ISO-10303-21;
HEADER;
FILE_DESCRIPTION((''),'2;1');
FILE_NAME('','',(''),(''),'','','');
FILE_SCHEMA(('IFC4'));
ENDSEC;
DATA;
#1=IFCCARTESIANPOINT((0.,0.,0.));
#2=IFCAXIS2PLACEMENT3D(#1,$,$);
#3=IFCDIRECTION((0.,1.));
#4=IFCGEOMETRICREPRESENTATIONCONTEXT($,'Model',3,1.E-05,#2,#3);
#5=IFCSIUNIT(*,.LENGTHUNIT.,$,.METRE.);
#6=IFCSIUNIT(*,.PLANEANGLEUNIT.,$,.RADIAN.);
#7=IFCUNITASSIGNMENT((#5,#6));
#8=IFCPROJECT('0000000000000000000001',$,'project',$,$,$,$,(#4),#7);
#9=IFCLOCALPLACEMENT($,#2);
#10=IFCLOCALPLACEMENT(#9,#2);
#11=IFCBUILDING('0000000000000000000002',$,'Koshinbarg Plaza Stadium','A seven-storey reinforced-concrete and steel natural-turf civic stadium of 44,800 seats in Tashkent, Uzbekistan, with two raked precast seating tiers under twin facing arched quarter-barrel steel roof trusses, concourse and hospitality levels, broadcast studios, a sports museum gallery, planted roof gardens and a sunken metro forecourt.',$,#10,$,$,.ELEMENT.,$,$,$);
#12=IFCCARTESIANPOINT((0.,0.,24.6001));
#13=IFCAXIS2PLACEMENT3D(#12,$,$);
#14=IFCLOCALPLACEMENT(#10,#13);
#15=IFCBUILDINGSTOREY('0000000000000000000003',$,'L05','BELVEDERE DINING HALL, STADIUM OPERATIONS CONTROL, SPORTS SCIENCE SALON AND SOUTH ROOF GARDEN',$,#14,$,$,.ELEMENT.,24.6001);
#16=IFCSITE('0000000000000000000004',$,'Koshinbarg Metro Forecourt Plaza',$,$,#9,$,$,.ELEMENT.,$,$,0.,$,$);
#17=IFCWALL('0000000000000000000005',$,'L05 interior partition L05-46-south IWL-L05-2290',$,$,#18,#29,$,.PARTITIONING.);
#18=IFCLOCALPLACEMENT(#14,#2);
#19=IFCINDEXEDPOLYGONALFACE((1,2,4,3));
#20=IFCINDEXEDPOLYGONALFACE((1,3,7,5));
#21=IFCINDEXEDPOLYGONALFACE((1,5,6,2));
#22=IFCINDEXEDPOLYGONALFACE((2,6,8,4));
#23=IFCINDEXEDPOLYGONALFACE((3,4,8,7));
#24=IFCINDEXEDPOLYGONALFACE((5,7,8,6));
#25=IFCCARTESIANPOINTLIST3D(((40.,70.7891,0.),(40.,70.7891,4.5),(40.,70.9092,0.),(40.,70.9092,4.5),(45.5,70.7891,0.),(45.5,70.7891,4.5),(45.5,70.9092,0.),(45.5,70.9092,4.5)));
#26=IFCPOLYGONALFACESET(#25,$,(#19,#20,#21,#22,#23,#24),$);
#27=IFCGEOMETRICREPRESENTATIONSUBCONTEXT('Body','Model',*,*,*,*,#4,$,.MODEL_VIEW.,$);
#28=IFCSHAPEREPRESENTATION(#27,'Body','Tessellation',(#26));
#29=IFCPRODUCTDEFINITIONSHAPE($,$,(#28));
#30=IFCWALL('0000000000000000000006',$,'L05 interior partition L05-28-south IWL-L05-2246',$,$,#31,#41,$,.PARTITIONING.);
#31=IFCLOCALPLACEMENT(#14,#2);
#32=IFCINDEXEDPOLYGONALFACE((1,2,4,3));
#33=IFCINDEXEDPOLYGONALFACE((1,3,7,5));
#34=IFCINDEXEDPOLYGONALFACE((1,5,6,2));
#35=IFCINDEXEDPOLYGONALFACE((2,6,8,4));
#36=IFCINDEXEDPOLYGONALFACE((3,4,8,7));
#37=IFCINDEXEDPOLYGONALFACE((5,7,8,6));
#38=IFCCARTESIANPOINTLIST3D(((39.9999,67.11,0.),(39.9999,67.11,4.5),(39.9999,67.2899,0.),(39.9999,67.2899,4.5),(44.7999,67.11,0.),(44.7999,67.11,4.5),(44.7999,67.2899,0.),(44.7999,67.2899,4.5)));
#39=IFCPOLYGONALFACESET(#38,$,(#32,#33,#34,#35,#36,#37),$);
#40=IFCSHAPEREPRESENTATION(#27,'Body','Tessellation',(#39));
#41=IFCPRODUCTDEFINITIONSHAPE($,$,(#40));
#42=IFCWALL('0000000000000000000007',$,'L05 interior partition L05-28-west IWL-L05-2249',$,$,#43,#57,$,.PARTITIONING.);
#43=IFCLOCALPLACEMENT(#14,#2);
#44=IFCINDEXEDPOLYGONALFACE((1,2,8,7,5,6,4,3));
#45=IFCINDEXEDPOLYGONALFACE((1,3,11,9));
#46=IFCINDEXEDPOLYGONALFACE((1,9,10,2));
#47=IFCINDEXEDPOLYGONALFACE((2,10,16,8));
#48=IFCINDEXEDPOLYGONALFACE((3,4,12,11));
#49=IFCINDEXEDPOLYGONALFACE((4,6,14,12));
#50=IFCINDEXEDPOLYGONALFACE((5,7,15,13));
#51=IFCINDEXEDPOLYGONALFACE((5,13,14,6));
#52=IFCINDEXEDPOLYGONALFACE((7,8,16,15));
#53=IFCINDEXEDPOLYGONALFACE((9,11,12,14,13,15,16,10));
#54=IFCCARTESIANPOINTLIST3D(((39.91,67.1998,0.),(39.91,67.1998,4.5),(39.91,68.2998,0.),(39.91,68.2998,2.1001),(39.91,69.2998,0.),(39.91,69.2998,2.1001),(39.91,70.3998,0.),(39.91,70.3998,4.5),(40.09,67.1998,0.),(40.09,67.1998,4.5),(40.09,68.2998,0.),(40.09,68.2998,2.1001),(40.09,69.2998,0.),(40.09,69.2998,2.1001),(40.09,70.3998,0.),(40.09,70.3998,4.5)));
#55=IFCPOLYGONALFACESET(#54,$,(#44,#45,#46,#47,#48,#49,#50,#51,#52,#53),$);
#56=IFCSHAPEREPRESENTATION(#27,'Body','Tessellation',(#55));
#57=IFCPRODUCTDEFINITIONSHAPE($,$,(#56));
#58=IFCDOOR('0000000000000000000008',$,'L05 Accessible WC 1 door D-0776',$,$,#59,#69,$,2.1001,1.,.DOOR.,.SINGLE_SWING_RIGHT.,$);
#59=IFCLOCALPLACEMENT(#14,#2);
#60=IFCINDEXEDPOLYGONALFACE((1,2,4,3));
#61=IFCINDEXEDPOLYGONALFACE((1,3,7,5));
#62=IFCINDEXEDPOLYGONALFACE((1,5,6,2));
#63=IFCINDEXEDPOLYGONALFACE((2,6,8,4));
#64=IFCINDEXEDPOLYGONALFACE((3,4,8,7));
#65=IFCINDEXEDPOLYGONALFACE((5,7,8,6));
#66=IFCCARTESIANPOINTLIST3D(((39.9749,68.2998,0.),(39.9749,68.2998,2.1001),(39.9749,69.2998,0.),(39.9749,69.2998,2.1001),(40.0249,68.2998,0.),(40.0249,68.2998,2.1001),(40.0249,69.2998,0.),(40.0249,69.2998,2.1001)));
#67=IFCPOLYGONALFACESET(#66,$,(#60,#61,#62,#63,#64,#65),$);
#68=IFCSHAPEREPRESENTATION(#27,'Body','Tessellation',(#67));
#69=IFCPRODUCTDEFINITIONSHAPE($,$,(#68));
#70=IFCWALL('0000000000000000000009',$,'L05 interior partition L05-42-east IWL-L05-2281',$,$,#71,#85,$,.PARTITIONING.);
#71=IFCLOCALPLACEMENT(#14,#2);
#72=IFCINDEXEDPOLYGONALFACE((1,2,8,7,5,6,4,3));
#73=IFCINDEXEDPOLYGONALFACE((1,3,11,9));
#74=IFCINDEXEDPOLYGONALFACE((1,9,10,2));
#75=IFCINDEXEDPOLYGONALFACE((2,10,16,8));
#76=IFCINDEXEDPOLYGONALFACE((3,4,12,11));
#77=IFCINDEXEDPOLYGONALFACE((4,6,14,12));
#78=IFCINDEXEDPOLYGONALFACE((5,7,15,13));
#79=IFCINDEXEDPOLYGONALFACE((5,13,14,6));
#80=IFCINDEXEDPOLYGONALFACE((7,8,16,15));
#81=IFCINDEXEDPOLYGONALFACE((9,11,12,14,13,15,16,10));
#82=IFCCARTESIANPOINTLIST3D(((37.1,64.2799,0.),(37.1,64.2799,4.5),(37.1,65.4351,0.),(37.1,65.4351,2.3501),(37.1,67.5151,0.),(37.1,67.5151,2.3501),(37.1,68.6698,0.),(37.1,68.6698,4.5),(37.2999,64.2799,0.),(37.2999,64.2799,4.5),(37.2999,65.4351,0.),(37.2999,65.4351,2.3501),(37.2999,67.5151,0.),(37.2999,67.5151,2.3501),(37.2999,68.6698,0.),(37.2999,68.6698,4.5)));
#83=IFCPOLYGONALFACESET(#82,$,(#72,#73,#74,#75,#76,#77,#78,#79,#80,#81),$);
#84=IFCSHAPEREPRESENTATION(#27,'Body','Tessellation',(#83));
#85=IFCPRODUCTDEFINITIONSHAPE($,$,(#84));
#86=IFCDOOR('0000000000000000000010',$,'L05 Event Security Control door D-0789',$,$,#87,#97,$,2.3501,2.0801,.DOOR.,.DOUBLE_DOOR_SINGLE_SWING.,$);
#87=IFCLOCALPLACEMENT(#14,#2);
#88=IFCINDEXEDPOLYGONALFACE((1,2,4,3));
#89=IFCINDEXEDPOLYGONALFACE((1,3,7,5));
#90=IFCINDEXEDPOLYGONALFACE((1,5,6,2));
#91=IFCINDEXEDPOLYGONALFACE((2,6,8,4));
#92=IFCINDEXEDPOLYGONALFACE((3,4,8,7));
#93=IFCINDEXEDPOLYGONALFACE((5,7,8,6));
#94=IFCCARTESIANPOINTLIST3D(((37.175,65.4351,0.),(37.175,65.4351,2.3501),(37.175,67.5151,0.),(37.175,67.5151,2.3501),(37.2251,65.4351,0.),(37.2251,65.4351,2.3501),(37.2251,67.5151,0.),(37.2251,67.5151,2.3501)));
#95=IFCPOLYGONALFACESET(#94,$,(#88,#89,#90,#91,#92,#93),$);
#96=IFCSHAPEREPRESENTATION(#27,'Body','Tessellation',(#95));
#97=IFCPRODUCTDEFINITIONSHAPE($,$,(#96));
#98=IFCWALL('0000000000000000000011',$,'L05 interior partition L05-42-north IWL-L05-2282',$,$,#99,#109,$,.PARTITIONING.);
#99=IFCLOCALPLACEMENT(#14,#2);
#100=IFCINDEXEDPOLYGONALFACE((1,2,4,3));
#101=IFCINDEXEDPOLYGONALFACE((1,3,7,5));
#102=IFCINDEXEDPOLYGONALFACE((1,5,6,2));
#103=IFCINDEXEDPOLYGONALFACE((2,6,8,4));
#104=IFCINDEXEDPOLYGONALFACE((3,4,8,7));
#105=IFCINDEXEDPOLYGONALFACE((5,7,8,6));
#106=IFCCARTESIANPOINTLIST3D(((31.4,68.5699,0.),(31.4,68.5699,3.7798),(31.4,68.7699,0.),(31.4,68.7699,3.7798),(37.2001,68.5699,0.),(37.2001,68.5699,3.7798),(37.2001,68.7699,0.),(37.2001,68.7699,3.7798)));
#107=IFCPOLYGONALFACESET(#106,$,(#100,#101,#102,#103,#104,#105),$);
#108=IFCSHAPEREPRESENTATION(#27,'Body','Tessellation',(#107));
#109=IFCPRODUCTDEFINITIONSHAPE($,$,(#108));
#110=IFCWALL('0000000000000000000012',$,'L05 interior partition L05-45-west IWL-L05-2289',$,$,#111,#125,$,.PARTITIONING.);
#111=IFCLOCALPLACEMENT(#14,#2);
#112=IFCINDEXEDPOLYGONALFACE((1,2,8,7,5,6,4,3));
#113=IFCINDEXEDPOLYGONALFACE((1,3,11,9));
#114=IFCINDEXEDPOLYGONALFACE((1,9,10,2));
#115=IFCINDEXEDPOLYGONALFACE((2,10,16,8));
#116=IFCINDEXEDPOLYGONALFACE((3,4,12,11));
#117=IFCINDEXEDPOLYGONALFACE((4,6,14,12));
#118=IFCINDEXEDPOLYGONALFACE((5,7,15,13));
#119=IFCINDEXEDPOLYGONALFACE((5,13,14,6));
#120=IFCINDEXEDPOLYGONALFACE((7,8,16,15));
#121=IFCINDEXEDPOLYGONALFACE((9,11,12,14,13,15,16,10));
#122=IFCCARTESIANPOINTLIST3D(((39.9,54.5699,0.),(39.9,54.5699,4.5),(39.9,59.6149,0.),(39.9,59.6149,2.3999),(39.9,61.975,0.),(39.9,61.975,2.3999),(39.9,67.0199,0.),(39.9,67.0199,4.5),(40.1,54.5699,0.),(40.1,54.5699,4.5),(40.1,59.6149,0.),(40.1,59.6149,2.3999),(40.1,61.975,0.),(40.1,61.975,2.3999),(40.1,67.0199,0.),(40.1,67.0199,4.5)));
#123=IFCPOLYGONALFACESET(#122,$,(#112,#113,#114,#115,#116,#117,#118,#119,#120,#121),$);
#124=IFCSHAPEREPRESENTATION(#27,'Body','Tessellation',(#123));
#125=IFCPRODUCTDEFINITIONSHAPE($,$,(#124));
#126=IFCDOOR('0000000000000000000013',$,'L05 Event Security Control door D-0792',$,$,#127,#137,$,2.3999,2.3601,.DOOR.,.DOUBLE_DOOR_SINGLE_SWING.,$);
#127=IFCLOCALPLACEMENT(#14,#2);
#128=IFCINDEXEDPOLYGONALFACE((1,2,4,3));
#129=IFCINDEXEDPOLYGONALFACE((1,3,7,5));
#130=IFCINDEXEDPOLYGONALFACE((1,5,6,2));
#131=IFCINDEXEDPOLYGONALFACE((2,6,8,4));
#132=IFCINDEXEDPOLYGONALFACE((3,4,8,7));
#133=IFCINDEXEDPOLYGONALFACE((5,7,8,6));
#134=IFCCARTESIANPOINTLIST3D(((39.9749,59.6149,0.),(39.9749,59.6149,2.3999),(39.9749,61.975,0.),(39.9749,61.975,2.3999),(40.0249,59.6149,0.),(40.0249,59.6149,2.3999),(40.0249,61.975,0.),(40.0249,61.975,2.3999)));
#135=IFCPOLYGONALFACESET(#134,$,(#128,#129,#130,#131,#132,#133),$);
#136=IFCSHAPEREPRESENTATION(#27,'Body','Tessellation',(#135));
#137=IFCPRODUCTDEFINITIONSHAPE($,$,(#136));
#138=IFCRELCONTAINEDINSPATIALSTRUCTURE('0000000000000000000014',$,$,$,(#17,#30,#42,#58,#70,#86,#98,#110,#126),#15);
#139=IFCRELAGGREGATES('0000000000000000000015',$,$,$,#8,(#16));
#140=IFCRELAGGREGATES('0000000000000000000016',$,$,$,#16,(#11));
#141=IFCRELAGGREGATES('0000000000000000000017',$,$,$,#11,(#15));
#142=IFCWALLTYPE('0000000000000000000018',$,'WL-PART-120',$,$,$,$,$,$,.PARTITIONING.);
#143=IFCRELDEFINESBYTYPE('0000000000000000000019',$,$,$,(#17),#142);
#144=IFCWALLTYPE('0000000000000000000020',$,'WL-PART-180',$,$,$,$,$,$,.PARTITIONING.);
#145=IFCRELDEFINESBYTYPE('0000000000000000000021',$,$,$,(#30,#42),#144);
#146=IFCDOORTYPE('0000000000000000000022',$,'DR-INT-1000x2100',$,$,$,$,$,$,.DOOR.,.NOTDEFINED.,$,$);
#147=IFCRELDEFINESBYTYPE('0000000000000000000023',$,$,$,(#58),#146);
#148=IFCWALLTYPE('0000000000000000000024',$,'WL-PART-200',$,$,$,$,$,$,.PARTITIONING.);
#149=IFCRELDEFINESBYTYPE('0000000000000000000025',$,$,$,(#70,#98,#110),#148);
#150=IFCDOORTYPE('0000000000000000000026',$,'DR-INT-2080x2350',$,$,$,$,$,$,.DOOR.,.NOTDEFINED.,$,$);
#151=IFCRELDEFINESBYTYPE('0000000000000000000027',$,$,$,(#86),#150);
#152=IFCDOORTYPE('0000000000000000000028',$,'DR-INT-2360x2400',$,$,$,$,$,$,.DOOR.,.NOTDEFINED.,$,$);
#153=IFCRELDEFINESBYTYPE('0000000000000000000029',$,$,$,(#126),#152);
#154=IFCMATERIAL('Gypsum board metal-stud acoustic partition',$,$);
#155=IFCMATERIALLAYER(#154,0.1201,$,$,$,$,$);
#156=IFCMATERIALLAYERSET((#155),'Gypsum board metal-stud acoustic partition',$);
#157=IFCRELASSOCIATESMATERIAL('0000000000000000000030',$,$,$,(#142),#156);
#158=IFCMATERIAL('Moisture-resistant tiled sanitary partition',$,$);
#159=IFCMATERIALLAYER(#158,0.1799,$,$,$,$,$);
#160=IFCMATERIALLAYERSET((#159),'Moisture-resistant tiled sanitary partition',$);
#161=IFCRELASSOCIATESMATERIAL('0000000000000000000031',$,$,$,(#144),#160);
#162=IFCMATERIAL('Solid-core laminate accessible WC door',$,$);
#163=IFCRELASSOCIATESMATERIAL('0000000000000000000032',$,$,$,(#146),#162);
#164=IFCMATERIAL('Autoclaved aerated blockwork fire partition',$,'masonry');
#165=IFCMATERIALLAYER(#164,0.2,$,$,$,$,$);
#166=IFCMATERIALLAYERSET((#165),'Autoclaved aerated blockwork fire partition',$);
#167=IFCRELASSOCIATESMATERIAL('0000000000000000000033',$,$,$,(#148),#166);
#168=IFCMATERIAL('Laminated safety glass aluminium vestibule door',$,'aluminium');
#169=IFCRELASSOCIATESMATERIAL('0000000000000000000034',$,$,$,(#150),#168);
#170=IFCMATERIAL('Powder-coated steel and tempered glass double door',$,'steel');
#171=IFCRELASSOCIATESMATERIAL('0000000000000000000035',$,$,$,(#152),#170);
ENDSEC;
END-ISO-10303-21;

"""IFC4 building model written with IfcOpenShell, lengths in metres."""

from ifc_helpers import new_model, si_unit, direction, frame, frame_2d, origin, place, context, subcontext, project, spatial, rectangle, extrude, material, layer, layer_set, type_object, element, fill, save


model = new_model("IFC4")

# Units and contexts
model_context = context("Model", 3, precision=1e-05, world=origin(), true_north=direction((0.0, 1.0)))
body_context = subcontext(model_context, "Body", "Model", "MODEL_VIEW")
ifc_project = project(units=[si_unit("LENGTHUNIT", "METRE"), si_unit("PLANEANGLEUNIT", "RADIAN")], contexts=[model_context])

# Site, building, storey
site_placement = place(None, origin())
site = spatial("IfcSite", under=ifc_project, at=site_placement, Name="Koshinbarg Metro Forecourt Plaza", CompositionType="ELEMENT", RefElevation=0.0)
building_placement = place(site_placement, origin())
building = spatial("IfcBuilding", under=site, at=building_placement, Name="Koshinbarg Plaza Stadium", Description="A seven-storey reinforced-concrete and steel natural-turf civic stadium of 44,800 seats in Tashkent, Uzbekistan, with two raked precast seating tiers under twin facing arched quarter-barrel steel roof trusses, concourse and hospitality levels, broadcast studios, a sports museum gallery, planted roof gardens and a sunken metro forecourt.", CompositionType="ELEMENT")
storey_placement = place(building_placement, frame((0.0, 0.0, 24.6001)))
storey = spatial("IfcBuildingStorey", under=building, at=storey_placement, Name="L05", Description="BELVEDERE DINING HALL, STADIUM OPERATIONS CONTROL, SPORTS SCIENCE SALON AND SOUTH ROOF GARDEN", CompositionType="ELEMENT", Elevation=24.6001)

# Walls
ifc_material_1 = material(Name="Gypsum board metal-stud acoustic partition")
ifc_layer_1 = layer(ifc_material_1, 0.1201)
ifc_layer_set_1 = layer_set([ifc_layer_1], Name="Gypsum board metal-stud acoustic partition")
wall_type_1 = type_object("IfcWallType", Name="WL-PART-120", PredefinedType="PARTITIONING", material=ifc_layer_set_1)
wall_1_placement = place(storey_placement, frame((40.0, 70.8491, 0.0), z_axis=(0.0, 0.0, 1.0), x_axis=(1.0, 0.0, 0.0)))
element("IfcWall", 1, at=wall_1_placement, inside=storey, type_object=wall_type_1, Name="L05 interior partition L05-46-south IWL-L05-2290", PredefinedType="PARTITIONING", context=body_context, shape_type="SweptSolid", body=[
    extrude(rectangle(XDim=5.5, YDim=0.1201, at=frame_2d((2.75, 0.0))), origin(), (0.0, 0.0, 1.0), 4.5),
])
ifc_material_2 = material(Name="Moisture-resistant tiled sanitary partition")
ifc_layer_2 = layer(ifc_material_2, 0.1799)
ifc_layer_set_2 = layer_set([ifc_layer_2], Name="Moisture-resistant tiled sanitary partition")
wall_type_2 = type_object("IfcWallType", Name="WL-PART-180", PredefinedType="PARTITIONING", material=ifc_layer_set_2)
wall_2_placement = place(storey_placement, frame((40.0, 67.2, 0.0), z_axis=(0.0, 0.0, 1.0), x_axis=(1.0, 0.0, 0.0)))
element("IfcWall", 2, at=wall_2_placement, inside=storey, type_object=wall_type_2, Name="L05 interior partition L05-28-south IWL-L05-2246", PredefinedType="PARTITIONING", context=body_context, shape_type="SweptSolid", body=[
    extrude(rectangle(XDim=4.8, YDim=0.1799, at=frame_2d((2.3999, 0.0))), origin(), (0.0, 0.0, 1.0), 4.5),
])

# Walls, openings, doors
wall_3_placement = place(storey_placement, frame((40.0, 70.3999, 0.0), z_axis=(0.0, 0.0, 1.0), x_axis=(0.0, -1.0, 0.0)))
wall_3 = element("IfcWall", 3, at=wall_3_placement, inside=storey, type_object=wall_type_2, Name="L05 interior partition L05-28-west IWL-L05-2249", PredefinedType="PARTITIONING", context=body_context, shape_type="SweptSolid", body=[
    extrude(rectangle(XDim=3.2, YDim=0.1799, at=frame_2d((1.6001, 0.0))), origin(), (0.0, 0.0, 1.0), 4.5),
])
opening_1_placement = place(wall_3_placement, frame((1.1001, 0.0, 0.0)))
opening_1 = element("IfcOpeningElement", 4, at=opening_1_placement, cuts=wall_3, PredefinedType="OPENING", context=body_context, shape_type="SweptSolid", body=[
    extrude(rectangle(XDim=1.0, YDim=2.1001, at=frame_2d((0.5, 1.05))), frame((0.0, 0.0999, 0.0), z_axis=(0.0, -1.0, 0.0), x_axis=(1.0, 0.0, 0.0)), (0.0, 0.0, 1.0), 0.2),
])
ifc_material_3 = material(Name="Solid-core laminate accessible WC door")
door_type_1 = type_object("IfcDoorType", Name="DR-INT-1000x2100", OperationType="NOTDEFINED", PredefinedType="DOOR", material=ifc_material_3)
door_1_placement = place(opening_1_placement, origin())
door_1 = element("IfcDoor", 5, at=door_1_placement, inside=storey, type_object=door_type_1, Name="L05 Accessible WC 1 door D-0776", OperationType="SINGLE_SWING_RIGHT", OverallHeight=2.1001, OverallWidth=1.0, PredefinedType="DOOR", context=body_context, shape_type="SweptSolid", body=[
    extrude(rectangle(XDim=1.0, YDim=2.1001, at=frame_2d((0.5, 1.05))), frame((0.0, 0.0249, 0.0), z_axis=(0.0, -1.0, 0.0), x_axis=(1.0, 0.0, 0.0)), (0.0, 0.0, 1.0), 0.05),
])
fill(opening_1, door_1)
ifc_material_4 = material(Name="Autoclaved aerated blockwork fire partition", Category="masonry")
ifc_layer_3 = layer(ifc_material_4, 0.2)
ifc_layer_set_3 = layer_set([ifc_layer_3], Name="Autoclaved aerated blockwork fire partition")
wall_type_3 = type_object("IfcWallType", Name="WL-PART-200", PredefinedType="PARTITIONING", material=ifc_layer_set_3)
wall_4_placement = place(storey_placement, frame((37.2, 64.28, 0.0), z_axis=(0.0, 0.0, 1.0), x_axis=(0.0, 1.0, 0.0)))
wall_4 = element("IfcWall", 6, at=wall_4_placement, inside=storey, type_object=wall_type_3, Name="L05 interior partition L05-42-east IWL-L05-2281", PredefinedType="PARTITIONING", context=body_context, shape_type="SweptSolid", body=[
    extrude(rectangle(XDim=4.3899, YDim=0.2, at=frame_2d((2.1948, 0.0))), origin(), (0.0, 0.0, 1.0), 4.5),
])
opening_2_placement = place(wall_4_placement, frame((1.155, 0.0, 0.0)))
opening_2 = element("IfcOpeningElement", 7, at=opening_2_placement, cuts=wall_4, PredefinedType="OPENING", context=body_context, shape_type="SweptSolid", body=[
    extrude(rectangle(XDim=2.0801, YDim=2.3501, at=frame_2d((1.04, 1.175))), frame((0.0, 0.1099, 0.0), z_axis=(0.0, -1.0, 0.0), x_axis=(1.0, 0.0, 0.0)), (0.0, 0.0, 1.0), 0.22),
])
ifc_material_5 = material(Name="Laminated safety glass aluminium vestibule door", Category="aluminium")
door_type_2 = type_object("IfcDoorType", Name="DR-INT-2080x2350", OperationType="NOTDEFINED", PredefinedType="DOOR", material=ifc_material_5)
door_2_placement = place(opening_2_placement, origin())
door_2 = element("IfcDoor", 8, at=door_2_placement, inside=storey, type_object=door_type_2, Name="L05 Event Security Control door D-0789", OperationType="DOUBLE_DOOR_SINGLE_SWING", OverallHeight=2.3501, OverallWidth=2.0801, PredefinedType="DOOR", context=body_context, shape_type="SweptSolid", body=[
    extrude(rectangle(XDim=2.0801, YDim=2.3501, at=frame_2d((1.04, 1.175))), frame((0.0, 0.0249, 0.0), z_axis=(0.0, -1.0, 0.0), x_axis=(1.0, 0.0, 0.0)), (0.0, 0.0, 1.0), 0.05),
])
fill(opening_2, door_2)

# Wall
wall_5_placement = place(storey_placement, frame((37.2, 68.6699, 0.0), z_axis=(0.0, 0.0, 1.0), x_axis=(-1.0, 0.0, 0.0)))
element("IfcWall", 9, at=wall_5_placement, inside=storey, type_object=wall_type_3, Name="L05 interior partition L05-42-north IWL-L05-2282", PredefinedType="PARTITIONING", context=body_context, shape_type="SweptSolid", body=[
    extrude(rectangle(XDim=5.8, YDim=0.2, at=frame_2d((2.8999, 0.0))), origin(), (0.0, 0.0, 1.0), 3.7798),
])

# Wall, opening, door
wall_6_placement = place(storey_placement, frame((40.0, 67.02, 0.0), z_axis=(0.0, 0.0, 1.0), x_axis=(0.0, -1.0, 0.0)))
wall_6 = element("IfcWall", 10, at=wall_6_placement, inside=storey, type_object=wall_type_3, Name="L05 interior partition L05-45-west IWL-L05-2289", PredefinedType="PARTITIONING", context=body_context, shape_type="SweptSolid", body=[
    extrude(rectangle(XDim=12.45, YDim=0.2, at=frame_2d((6.2251, 0.0))), origin(), (0.0, 0.0, 1.0), 4.5),
])
opening_3_placement = place(wall_6_placement, frame((5.0449, 0.0, 0.0)))
opening_3 = element("IfcOpeningElement", 11, at=opening_3_placement, cuts=wall_6, PredefinedType="OPENING", context=body_context, shape_type="SweptSolid", body=[
    extrude(rectangle(XDim=2.3601, YDim=2.3999, at=frame_2d((1.1802, 1.2))), frame((0.0, 0.1099, 0.0), z_axis=(0.0, -1.0, 0.0), x_axis=(1.0, 0.0, 0.0)), (0.0, 0.0, 1.0), 0.22),
])
ifc_material_6 = material(Name="Powder-coated steel and tempered glass double door", Category="steel")
door_type_3 = type_object("IfcDoorType", Name="DR-INT-2360x2400", OperationType="NOTDEFINED", PredefinedType="DOOR", material=ifc_material_6)
door_3_placement = place(opening_3_placement, origin())
door_3 = element("IfcDoor", 12, at=door_3_placement, inside=storey, type_object=door_type_3, Name="L05 Event Security Control door D-0792", OperationType="DOUBLE_DOOR_SINGLE_SWING", OverallHeight=2.3999, OverallWidth=2.3601, PredefinedType="DOOR", context=body_context, shape_type="SweptSolid", body=[
    extrude(rectangle(XDim=2.3601, YDim=2.3999, at=frame_2d((1.1802, 1.2))), frame((0.0, 0.0249, 0.0), z_axis=(0.0, -1.0, 0.0), x_axis=(1.0, 0.0, 0.0)), (0.0, 0.0, 1.0), 0.05),
])
fill(opening_3, door_3)

save(model, "model.ifc")
